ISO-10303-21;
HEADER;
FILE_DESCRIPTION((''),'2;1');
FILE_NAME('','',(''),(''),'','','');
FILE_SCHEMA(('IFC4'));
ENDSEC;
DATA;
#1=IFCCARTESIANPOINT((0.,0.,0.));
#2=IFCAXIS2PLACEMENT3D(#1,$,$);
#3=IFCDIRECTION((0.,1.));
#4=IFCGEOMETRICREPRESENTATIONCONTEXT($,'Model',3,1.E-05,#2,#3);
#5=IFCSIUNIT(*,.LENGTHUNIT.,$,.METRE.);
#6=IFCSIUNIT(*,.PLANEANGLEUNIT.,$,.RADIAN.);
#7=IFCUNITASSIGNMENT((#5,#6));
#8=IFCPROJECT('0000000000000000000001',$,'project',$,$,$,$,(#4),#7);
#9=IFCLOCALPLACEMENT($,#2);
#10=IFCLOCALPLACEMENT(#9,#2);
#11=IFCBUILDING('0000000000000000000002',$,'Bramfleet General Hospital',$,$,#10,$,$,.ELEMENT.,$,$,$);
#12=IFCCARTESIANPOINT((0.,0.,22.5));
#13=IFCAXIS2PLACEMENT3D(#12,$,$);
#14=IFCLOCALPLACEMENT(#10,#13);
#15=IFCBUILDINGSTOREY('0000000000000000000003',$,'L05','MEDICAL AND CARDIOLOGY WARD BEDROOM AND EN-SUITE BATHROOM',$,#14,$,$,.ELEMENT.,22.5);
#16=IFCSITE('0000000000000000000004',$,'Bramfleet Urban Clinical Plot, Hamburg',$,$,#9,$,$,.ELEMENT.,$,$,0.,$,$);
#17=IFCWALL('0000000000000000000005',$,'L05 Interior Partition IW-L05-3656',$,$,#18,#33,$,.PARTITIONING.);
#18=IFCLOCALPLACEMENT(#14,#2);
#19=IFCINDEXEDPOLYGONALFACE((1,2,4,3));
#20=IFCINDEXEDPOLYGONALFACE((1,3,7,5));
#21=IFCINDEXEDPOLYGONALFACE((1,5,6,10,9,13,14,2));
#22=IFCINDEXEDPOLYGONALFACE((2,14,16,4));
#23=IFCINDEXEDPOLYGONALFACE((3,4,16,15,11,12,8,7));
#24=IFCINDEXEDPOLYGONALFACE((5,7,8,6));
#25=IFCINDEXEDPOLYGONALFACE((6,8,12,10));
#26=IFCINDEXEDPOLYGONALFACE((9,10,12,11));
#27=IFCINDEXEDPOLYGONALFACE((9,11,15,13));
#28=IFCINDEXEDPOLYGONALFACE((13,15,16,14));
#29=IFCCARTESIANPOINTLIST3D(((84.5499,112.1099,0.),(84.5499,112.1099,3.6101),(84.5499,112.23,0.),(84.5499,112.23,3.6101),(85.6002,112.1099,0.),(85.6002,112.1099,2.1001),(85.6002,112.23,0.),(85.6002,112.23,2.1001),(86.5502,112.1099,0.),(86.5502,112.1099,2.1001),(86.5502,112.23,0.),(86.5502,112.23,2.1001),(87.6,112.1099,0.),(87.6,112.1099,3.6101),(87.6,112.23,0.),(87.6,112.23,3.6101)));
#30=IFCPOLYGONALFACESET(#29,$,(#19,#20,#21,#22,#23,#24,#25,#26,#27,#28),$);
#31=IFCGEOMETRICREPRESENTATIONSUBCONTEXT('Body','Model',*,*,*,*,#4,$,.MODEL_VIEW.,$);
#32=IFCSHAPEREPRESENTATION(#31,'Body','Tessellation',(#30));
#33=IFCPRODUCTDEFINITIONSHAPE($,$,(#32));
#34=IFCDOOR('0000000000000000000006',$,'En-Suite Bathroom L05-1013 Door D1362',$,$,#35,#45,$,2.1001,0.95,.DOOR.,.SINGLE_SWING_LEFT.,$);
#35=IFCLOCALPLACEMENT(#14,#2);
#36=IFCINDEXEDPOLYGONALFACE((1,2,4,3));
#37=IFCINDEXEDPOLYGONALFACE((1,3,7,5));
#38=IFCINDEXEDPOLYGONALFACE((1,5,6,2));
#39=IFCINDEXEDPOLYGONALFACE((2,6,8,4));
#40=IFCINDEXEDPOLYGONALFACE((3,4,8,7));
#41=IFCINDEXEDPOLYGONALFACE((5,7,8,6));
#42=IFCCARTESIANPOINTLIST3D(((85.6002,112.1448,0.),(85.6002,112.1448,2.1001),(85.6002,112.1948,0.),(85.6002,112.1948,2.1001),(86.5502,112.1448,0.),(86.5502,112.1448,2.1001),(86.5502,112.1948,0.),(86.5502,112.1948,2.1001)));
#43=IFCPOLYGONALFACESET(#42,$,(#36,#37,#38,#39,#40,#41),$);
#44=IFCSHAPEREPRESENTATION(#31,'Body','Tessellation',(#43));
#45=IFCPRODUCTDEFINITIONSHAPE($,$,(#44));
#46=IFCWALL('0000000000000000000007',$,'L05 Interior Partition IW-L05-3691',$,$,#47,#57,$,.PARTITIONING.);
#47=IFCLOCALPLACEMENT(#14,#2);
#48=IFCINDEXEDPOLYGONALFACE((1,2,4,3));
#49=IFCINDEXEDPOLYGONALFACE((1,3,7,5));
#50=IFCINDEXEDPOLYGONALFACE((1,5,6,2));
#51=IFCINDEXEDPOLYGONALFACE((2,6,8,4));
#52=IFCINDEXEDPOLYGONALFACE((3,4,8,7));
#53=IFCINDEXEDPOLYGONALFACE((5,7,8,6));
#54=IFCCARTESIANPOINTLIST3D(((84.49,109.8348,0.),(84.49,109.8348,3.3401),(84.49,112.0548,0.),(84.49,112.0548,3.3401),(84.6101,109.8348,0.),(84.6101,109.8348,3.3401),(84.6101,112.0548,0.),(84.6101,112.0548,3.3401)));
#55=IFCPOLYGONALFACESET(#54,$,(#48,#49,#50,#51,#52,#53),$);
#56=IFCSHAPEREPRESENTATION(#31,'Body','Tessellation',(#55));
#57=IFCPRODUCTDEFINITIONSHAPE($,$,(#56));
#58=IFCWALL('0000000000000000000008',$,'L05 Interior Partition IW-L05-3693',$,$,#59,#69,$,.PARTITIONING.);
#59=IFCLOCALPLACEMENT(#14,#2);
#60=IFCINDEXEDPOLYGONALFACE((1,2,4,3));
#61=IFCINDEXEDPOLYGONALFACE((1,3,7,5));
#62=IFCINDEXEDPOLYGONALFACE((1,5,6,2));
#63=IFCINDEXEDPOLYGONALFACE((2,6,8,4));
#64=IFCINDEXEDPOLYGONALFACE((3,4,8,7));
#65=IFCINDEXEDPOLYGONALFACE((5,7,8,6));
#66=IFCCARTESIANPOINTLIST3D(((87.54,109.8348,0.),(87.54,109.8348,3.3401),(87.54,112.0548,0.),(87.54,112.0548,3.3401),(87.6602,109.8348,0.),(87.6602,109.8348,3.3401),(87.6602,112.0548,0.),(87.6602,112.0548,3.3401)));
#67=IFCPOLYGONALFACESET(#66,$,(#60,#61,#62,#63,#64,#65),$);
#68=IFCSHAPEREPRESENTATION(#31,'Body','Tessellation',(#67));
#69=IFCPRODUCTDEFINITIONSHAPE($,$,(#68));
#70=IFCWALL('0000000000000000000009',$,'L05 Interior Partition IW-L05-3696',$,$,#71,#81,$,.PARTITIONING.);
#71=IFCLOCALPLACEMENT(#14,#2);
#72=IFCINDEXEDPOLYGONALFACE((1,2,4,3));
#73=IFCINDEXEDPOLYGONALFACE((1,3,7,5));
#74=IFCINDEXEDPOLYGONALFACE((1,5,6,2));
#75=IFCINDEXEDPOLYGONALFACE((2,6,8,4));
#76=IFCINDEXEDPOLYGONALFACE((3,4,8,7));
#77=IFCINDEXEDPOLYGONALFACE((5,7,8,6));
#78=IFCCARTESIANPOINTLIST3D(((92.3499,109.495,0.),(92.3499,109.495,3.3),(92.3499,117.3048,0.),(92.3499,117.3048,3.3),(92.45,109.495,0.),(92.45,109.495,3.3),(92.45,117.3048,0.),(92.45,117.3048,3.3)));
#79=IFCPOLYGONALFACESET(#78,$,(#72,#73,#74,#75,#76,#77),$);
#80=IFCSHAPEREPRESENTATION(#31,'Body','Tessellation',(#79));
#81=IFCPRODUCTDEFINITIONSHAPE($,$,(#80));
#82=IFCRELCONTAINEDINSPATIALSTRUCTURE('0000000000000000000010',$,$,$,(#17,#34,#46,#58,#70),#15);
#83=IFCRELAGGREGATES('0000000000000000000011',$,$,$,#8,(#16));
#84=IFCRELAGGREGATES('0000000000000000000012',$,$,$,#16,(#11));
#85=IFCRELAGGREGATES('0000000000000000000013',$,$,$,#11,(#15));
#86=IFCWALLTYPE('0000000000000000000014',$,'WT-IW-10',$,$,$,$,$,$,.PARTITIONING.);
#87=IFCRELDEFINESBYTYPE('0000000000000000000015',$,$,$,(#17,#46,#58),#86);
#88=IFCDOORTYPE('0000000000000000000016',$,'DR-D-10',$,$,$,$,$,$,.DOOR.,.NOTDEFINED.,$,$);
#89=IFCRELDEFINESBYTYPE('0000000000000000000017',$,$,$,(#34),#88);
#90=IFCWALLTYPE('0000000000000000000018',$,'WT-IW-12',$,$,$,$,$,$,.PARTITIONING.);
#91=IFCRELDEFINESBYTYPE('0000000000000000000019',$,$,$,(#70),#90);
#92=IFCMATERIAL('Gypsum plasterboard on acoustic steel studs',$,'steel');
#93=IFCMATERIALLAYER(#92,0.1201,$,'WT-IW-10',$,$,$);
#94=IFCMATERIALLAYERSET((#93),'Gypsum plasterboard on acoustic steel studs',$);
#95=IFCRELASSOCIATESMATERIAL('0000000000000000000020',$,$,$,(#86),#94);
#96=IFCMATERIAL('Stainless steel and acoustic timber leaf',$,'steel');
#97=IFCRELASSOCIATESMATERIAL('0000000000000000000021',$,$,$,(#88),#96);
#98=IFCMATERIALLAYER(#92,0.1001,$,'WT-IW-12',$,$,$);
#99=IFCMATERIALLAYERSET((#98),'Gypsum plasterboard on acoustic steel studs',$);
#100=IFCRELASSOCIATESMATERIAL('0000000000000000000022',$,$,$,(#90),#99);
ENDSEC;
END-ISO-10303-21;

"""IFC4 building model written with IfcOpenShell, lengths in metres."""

from ifc_helpers import new_model, si_unit, direction, frame, frame_2d, origin, place, context, subcontext, project, spatial, rectangle, extrude, material, layer, layer_set, type_object, element, fill, save


model = new_model("IFC4")

# Units and contexts
model_context = context("Model", 3, precision=1e-05, world=origin(), true_north=direction((0.0, 1.0)))
body_context = subcontext(model_context, "Body", "Model", "MODEL_VIEW")
ifc_project = project(units=[si_unit("LENGTHUNIT", "METRE"), si_unit("PLANEANGLEUNIT", "RADIAN")], contexts=[model_context])

# Site, building, storey
site_placement = place(None, origin())
site = spatial("IfcSite", under=ifc_project, at=site_placement, Name="Bramfleet Urban Clinical Plot, Hamburg", CompositionType="ELEMENT", RefElevation=0.0)
building_placement = place(site_placement, origin())
building = spatial("IfcBuilding", under=site, at=building_placement, Name="Bramfleet General Hospital", CompositionType="ELEMENT")
storey_placement = place(building_placement, frame((0.0, 0.0, 22.5)))
storey = spatial("IfcBuildingStorey", under=building, at=storey_placement, Name="L05", Description="MEDICAL AND CARDIOLOGY WARD BEDROOM AND EN-SUITE BATHROOM", CompositionType="ELEMENT", Elevation=22.5)

# Shared definitions
ifc_material_1 = material(Name="Stainless steel and acoustic timber leaf", Category="steel")

# Shared definitions
ifc_material_2 = material(Name="Gypsum plasterboard on acoustic steel studs", Category="steel")
ifc_layer_1 = layer(ifc_material_2, 0.1201, Name="WT-IW-10")
ifc_layer_set_1 = layer_set([ifc_layer_1], Name="Gypsum plasterboard on acoustic steel studs")
wall_type_1 = type_object("IfcWallType", Name="WT-IW-10", PredefinedType="PARTITIONING", material=ifc_layer_set_1)

# Wall, opening, door
wall_1_placement = place(storey_placement, frame((84.55, 112.1699, 0.0), z_axis=(0.0, 0.0, 1.0), x_axis=(1.0, 0.0, 0.0)))
wall_1 = element("IfcWall", 1, at=wall_1_placement, inside=storey, type_object=wall_type_1, Name="L05 Interior Partition IW-L05-3656", PredefinedType="PARTITIONING", context=body_context, shape_type="SweptSolid", body=[
    extrude(rectangle(XDim=3.05, YDim=0.1201, at=frame_2d((1.5249, 0.0))), origin(), (0.0, 0.0, 1.0), 3.6101),
])
opening_1_placement = place(wall_1_placement, frame((1.05, 0.0, 0.0)))
opening_1 = element("IfcOpeningElement", 2, at=opening_1_placement, cuts=wall_1, PredefinedType="OPENING", context=body_context, shape_type="SweptSolid", body=[
    extrude(rectangle(XDim=0.95, YDim=2.1001, at=frame_2d((0.4751, 1.05))), frame((0.0, 0.0701, 0.0), z_axis=(0.0, -1.0, 0.0), x_axis=(1.0, 0.0, 0.0)), (0.0, 0.0, 1.0), 0.1401),
])
door_type_1 = type_object("IfcDoorType", Name="DR-D-10", OperationType="NOTDEFINED", PredefinedType="DOOR", material=ifc_material_1)
door_1_placement = place(opening_1_placement, origin())
door_1 = element("IfcDoor", 3, at=door_1_placement, inside=storey, type_object=door_type_1, Name="En-Suite Bathroom L05-1013 Door D1362", OperationType="SINGLE_SWING_LEFT", OverallHeight=2.1001, OverallWidth=0.95, PredefinedType="DOOR", context=body_context, shape_type="SweptSolid", body=[
    extrude(rectangle(XDim=0.95, YDim=2.1001, at=frame_2d((0.4751, 1.05))), frame((0.0, 0.0249, 0.0), z_axis=(0.0, -1.0, 0.0), x_axis=(1.0, 0.0, 0.0)), (0.0, 0.0, 1.0), 0.05),
])
fill(opening_1, door_1)

# Walls
for number, where, z_axis, x_axis, name in (
    (4, (84.55, 109.835, 0.0), (0.0, 0.0, 1.0), (0.0, 1.0, 0.0), "L05 Interior Partition IW-L05-3691"),
    (5, (87.6001, 109.835, 0.0), (0.0, 0.0, 1.0), (0.0, 1.0, 0.0), "L05 Interior Partition IW-L05-3693"),
):
    element("IfcWall", number, at=place(storey_placement, frame(where, z_axis=z_axis, x_axis=x_axis)), inside=storey, type_object=wall_type_1, Name=name, PredefinedType="PARTITIONING", context=body_context, shape_type="SweptSolid", body=[
        extrude(rectangle(XDim=2.22, YDim=0.1201, at=frame_2d((1.1099, 0.0))), origin(), (0.0, 0.0, 1.0), 3.3401),
    ])
ifc_layer_2 = layer(ifc_material_2, 0.1001, Name="WT-IW-12")
ifc_layer_set_2 = layer_set([ifc_layer_2], Name="Gypsum plasterboard on acoustic steel studs")
wall_type_2 = type_object("IfcWallType", Name="WT-IW-12", PredefinedType="PARTITIONING", material=ifc_layer_set_2)
wall_2_placement = place(storey_placement, frame((92.3999, 109.4951, 0.0), z_axis=(0.0, 0.0, 1.0), x_axis=(0.0, 1.0, 0.0)))
element("IfcWall", 6, at=wall_2_placement, inside=storey, type_object=wall_type_2, Name="L05 Interior Partition IW-L05-3696", PredefinedType="PARTITIONING", context=body_context, shape_type="SweptSolid", body=[
    extrude(rectangle(XDim=7.8098, YDim=0.1001, at=frame_2d((3.9048, 0.0))), origin(), (0.0, 0.0, 1.0), 3.3),
])

save(model, "model.ifc")
